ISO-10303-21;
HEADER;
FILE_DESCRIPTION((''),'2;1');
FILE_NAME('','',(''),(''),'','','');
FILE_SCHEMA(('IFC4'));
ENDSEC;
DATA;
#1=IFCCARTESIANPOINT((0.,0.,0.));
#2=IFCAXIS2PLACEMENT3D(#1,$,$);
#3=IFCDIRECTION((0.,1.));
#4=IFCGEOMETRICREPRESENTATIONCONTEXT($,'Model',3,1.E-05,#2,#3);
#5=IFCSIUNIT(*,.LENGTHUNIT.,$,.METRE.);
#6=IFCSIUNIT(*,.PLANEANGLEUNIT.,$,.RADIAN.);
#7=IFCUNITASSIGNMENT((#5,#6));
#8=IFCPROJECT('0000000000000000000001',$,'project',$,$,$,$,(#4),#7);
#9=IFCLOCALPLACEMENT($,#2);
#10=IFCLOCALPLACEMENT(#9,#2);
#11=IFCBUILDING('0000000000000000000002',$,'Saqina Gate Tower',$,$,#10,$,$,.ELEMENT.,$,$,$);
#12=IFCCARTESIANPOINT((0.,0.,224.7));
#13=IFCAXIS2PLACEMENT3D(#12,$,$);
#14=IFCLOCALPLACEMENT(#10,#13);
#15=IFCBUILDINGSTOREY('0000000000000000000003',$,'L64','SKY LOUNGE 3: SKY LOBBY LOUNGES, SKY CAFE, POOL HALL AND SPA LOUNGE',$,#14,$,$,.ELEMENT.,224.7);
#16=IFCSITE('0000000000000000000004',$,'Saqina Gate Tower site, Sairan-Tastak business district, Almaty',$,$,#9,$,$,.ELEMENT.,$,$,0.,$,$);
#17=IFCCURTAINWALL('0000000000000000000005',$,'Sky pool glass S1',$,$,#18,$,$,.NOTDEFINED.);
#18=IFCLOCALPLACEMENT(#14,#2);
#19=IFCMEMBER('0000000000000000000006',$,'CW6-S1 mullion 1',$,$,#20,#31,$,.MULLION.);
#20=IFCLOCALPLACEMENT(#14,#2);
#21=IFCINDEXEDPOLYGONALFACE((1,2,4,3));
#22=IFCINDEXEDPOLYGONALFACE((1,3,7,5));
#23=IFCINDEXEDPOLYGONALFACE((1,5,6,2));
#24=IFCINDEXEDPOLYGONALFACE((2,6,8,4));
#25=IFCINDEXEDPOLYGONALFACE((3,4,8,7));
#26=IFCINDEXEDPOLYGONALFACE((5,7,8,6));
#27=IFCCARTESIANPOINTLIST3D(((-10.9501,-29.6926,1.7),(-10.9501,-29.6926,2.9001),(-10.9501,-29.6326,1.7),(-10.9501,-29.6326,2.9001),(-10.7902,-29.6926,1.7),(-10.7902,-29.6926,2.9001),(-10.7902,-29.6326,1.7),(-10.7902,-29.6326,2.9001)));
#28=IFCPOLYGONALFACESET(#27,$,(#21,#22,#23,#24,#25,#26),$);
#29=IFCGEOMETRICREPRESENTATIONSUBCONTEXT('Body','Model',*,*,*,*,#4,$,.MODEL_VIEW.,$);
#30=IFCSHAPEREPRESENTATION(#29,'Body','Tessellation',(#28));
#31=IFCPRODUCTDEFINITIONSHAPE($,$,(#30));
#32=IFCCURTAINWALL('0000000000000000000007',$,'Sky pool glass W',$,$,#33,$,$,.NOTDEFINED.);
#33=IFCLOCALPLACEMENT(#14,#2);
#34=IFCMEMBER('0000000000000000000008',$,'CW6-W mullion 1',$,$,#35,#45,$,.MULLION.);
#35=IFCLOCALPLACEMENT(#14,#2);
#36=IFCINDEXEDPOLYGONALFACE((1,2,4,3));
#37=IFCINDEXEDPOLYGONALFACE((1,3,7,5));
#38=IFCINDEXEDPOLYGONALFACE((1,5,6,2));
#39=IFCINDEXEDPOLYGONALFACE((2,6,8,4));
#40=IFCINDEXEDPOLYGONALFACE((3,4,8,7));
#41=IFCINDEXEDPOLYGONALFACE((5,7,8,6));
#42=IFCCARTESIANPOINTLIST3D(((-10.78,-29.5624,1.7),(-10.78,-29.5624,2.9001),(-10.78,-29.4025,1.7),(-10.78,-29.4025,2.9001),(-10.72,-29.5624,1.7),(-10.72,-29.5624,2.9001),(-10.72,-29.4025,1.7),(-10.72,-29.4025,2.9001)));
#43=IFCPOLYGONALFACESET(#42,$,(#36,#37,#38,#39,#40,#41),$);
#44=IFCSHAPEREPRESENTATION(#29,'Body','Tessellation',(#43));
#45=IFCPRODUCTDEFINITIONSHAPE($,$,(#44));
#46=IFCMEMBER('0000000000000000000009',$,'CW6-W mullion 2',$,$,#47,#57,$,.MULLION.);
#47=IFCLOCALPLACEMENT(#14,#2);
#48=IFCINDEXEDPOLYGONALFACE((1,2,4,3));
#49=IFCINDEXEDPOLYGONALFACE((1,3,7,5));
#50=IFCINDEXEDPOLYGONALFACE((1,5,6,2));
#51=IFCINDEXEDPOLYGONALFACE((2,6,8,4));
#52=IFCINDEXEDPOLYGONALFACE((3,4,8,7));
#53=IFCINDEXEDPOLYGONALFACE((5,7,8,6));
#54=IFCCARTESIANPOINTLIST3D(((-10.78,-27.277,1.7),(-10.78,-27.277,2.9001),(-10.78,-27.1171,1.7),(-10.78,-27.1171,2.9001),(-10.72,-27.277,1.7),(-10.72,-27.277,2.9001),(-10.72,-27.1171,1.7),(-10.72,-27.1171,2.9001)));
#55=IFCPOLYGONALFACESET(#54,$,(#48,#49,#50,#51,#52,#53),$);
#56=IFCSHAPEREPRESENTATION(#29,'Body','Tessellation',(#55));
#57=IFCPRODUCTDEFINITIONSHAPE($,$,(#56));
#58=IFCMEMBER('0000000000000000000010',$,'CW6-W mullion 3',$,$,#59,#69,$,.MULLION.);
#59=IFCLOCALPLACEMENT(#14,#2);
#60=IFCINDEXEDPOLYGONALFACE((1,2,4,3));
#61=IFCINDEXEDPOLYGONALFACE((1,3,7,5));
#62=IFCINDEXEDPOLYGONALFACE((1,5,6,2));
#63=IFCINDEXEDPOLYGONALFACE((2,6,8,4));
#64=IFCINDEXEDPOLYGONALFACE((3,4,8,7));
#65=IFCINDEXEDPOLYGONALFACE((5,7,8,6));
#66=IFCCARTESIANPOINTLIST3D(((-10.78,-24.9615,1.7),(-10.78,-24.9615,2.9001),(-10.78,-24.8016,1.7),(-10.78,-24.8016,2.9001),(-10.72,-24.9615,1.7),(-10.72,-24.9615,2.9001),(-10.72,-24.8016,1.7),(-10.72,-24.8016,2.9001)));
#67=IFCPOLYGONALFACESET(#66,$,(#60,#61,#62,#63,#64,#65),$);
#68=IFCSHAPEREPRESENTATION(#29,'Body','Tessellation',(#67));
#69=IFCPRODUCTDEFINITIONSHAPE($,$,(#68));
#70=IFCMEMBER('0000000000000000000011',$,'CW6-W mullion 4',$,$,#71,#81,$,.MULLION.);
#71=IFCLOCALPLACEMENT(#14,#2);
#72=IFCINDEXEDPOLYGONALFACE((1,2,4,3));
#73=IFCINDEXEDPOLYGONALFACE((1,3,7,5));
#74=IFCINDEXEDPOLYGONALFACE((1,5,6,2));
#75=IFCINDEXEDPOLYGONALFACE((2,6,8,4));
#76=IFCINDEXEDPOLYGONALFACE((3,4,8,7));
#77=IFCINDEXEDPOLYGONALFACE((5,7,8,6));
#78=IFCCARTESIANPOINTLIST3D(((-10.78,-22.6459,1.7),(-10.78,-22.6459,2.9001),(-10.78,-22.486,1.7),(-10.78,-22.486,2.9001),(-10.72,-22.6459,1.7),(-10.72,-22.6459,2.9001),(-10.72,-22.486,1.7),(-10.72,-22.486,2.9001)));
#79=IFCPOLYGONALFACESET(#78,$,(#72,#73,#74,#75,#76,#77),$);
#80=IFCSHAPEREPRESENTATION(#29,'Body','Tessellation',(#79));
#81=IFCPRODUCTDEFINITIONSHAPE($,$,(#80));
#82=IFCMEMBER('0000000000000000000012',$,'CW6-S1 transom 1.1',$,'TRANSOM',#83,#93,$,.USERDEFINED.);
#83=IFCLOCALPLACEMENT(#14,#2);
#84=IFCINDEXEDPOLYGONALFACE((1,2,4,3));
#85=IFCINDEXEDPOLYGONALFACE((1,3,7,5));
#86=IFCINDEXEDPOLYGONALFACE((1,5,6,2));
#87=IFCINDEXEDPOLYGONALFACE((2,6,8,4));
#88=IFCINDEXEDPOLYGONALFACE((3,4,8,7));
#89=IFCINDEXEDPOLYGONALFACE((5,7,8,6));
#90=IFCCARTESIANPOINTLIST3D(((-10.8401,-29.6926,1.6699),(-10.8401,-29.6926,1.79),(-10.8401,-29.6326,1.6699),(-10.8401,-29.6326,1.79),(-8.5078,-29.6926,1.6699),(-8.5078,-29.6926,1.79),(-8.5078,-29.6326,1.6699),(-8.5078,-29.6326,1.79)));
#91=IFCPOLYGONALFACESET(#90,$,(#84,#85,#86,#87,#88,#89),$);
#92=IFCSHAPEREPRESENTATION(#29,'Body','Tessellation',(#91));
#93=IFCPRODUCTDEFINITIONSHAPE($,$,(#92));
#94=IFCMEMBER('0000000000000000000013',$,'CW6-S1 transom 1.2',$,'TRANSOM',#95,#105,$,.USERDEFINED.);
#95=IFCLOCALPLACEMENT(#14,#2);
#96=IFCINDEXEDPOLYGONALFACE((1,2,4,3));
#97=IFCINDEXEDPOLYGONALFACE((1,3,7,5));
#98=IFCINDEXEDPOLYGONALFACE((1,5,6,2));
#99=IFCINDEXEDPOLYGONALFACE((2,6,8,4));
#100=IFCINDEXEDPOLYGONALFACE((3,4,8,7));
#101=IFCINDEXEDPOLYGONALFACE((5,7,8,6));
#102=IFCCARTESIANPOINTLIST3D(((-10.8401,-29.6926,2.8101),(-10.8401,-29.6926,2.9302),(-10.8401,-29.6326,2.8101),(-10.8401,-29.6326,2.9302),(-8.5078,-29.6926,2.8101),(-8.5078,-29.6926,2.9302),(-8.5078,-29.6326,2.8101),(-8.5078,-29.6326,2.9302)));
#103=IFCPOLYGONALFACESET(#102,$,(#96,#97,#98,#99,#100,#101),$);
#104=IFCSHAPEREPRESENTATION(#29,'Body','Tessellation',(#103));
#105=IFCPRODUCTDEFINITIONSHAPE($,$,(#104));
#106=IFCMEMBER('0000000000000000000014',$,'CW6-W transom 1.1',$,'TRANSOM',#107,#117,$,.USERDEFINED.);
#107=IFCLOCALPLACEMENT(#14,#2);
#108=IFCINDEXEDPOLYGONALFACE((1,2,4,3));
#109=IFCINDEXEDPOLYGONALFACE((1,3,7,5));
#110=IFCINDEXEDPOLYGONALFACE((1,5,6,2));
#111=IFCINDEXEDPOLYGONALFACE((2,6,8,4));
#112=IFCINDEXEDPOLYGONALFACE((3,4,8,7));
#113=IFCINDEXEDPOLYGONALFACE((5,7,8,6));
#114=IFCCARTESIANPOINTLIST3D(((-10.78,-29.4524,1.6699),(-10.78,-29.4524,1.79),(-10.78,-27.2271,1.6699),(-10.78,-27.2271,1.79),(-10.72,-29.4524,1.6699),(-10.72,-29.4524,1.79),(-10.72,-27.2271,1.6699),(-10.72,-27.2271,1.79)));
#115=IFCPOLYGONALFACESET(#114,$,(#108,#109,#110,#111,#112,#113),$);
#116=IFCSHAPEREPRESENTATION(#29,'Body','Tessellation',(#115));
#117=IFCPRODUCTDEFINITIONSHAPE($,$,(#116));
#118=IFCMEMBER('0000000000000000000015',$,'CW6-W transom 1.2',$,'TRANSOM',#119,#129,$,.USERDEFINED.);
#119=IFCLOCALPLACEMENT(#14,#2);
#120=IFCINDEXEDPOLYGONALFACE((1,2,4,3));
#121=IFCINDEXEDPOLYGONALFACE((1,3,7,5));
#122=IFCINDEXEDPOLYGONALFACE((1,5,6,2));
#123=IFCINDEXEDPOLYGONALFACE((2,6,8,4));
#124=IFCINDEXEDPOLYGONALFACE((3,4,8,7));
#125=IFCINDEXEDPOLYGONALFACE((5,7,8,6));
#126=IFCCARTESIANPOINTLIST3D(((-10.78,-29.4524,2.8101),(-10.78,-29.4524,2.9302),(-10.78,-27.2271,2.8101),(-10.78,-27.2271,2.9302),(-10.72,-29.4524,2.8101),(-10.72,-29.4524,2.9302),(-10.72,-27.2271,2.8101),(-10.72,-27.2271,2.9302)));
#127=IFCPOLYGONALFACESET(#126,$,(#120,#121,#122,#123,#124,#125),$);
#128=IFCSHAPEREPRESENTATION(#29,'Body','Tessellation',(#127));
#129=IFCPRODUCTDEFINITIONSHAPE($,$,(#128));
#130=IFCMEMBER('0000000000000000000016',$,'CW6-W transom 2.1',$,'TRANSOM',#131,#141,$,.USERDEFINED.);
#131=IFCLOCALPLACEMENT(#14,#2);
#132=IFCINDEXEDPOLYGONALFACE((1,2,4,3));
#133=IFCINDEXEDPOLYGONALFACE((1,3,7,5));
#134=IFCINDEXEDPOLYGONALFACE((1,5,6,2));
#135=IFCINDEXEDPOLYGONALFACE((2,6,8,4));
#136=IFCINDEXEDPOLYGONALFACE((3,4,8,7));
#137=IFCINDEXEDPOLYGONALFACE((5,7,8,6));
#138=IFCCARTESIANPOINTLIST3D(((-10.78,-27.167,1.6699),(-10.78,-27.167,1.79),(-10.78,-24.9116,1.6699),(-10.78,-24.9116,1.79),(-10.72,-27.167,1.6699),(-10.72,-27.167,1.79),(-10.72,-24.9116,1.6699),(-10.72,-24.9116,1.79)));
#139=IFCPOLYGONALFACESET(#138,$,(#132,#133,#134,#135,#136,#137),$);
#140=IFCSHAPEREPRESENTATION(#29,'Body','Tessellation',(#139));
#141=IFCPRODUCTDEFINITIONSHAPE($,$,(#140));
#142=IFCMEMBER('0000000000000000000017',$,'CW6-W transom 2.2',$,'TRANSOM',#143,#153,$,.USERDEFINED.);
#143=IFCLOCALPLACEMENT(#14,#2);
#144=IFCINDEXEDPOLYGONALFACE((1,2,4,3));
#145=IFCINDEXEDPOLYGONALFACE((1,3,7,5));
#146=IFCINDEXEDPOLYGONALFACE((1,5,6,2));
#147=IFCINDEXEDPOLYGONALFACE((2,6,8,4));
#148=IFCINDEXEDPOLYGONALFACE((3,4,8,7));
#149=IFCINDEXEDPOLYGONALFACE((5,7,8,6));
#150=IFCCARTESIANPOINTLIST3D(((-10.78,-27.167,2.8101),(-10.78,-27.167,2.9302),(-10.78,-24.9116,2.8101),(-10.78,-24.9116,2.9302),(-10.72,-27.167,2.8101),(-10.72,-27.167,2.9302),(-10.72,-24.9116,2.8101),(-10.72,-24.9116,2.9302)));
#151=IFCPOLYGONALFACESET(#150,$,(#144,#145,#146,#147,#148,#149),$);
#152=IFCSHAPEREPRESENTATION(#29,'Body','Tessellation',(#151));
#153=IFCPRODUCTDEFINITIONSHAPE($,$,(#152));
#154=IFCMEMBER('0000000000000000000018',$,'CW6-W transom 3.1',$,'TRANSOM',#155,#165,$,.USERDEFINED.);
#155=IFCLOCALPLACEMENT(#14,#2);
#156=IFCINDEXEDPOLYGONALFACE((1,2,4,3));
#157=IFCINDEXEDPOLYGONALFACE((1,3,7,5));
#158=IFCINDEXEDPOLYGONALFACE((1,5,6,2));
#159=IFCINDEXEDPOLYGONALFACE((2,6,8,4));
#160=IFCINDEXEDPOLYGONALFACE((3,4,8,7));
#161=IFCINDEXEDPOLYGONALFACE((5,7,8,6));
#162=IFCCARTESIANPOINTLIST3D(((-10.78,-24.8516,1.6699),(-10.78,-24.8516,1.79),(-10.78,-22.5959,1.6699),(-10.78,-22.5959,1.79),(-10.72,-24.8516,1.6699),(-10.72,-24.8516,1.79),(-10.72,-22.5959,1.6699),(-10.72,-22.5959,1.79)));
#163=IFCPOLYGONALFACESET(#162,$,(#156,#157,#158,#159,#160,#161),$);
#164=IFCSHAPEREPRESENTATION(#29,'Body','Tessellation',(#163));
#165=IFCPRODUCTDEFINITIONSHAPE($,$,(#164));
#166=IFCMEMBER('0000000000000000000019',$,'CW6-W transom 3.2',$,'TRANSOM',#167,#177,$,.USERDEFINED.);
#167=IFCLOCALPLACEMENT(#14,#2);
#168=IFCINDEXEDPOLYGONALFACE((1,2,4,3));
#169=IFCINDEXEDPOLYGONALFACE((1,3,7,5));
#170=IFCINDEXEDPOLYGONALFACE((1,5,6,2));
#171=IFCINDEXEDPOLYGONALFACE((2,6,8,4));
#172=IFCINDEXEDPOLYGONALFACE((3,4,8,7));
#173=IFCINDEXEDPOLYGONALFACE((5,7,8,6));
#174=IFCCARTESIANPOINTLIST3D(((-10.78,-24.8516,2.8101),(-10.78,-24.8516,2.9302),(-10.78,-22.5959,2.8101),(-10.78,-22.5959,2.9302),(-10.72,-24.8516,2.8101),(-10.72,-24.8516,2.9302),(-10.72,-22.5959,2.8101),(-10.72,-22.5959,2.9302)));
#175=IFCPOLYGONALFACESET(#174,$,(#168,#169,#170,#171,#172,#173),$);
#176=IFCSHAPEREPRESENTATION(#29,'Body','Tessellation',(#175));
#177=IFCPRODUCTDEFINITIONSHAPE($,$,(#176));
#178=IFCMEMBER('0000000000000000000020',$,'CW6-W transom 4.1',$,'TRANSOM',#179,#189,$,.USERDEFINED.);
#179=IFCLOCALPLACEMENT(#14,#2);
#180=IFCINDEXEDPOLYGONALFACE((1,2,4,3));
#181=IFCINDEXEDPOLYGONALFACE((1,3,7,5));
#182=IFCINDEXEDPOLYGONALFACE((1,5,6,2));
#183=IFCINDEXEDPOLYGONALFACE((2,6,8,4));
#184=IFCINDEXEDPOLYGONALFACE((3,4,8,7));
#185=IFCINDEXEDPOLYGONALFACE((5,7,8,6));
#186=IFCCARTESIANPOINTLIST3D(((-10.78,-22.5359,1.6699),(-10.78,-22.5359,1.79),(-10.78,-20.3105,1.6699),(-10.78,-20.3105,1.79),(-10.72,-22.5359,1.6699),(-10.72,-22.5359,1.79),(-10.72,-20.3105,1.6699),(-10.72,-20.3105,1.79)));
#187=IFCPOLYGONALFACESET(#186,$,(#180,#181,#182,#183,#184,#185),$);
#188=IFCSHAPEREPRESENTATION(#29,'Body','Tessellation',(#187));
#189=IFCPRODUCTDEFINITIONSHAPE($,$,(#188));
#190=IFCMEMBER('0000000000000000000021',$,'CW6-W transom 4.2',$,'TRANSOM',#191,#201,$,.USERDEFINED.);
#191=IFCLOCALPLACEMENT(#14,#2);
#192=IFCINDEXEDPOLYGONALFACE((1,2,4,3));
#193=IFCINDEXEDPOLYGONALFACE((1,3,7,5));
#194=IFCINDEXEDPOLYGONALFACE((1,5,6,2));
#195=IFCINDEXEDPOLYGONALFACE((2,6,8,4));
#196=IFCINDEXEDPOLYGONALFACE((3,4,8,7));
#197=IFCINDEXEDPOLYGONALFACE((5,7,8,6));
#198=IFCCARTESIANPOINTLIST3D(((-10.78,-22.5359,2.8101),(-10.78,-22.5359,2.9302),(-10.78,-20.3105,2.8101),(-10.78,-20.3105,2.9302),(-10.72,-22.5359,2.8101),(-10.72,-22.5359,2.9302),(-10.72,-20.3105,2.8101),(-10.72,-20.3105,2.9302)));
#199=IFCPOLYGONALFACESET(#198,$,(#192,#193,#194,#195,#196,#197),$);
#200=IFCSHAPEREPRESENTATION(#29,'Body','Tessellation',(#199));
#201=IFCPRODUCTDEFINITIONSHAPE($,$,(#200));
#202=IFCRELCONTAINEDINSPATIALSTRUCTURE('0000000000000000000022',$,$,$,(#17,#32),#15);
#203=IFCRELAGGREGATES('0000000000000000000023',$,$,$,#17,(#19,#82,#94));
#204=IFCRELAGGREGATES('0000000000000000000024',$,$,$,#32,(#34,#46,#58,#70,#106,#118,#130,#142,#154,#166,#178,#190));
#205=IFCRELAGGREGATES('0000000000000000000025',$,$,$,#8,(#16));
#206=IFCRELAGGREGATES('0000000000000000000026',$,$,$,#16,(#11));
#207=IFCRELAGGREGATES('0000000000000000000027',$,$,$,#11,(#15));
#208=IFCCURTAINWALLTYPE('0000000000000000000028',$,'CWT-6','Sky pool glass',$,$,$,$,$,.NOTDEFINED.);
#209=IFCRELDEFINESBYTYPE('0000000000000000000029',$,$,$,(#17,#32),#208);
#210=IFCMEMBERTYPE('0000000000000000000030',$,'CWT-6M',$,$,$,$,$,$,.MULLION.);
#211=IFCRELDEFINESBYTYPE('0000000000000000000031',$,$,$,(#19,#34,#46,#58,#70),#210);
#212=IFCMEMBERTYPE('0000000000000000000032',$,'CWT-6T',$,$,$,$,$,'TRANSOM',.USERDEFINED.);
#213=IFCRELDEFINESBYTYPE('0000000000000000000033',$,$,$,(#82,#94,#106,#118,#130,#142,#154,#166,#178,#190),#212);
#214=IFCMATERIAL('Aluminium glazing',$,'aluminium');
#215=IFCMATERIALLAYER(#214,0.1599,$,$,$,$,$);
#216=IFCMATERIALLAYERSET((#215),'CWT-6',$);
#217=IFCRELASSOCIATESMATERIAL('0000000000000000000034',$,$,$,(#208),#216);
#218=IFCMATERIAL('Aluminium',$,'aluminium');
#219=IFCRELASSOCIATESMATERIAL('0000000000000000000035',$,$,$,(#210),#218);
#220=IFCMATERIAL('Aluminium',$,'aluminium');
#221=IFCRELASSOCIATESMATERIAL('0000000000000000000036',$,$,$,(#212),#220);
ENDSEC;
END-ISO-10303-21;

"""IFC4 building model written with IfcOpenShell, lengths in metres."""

from ifc_helpers import new_model, si_unit, direction, frame, origin, origin_2d, place, context, subcontext, project, spatial, rectangle, extrude, material, layer, layer_set, material_profile, profile_set, type_object, element, aggregate, save


model = new_model("IFC4")

# Units and contexts
model_context = context("Model", 3, precision=1e-05, world=origin(), true_north=direction((0.0, 1.0)))
body_context = subcontext(model_context, "Body", "Model", "MODEL_VIEW")
ifc_project = project(units=[si_unit("LENGTHUNIT", "METRE"), si_unit("PLANEANGLEUNIT", "RADIAN")], contexts=[model_context])

# Site, building, storey
site_placement = place(None, origin())
site = spatial("IfcSite", under=ifc_project, at=site_placement, Name="Saqina Gate Tower site, Sairan-Tastak business district, Almaty", CompositionType="ELEMENT", RefElevation=0.0)
building_placement = place(site_placement, origin())
building = spatial("IfcBuilding", under=site, at=building_placement, Name="Saqina Gate Tower", CompositionType="ELEMENT")
storey_placement = place(building_placement, frame((0.0, 0.0, 224.7)))
storey = spatial("IfcBuildingStorey", under=building, at=storey_placement, Name="L64", Description="SKY LOUNGE 3: SKY LOBBY LOUNGES, SKY CAFE, POOL HALL AND SPA LOUNGE", CompositionType="ELEMENT", Elevation=224.7)

# Curtain wall, member
ifc_material_1 = material(Name="Aluminium glazing", Category="aluminium")
ifc_layer_1 = layer(ifc_material_1, 0.1599)
ifc_layer_set_1 = layer_set([ifc_layer_1], Name="CWT-6")
curtain_wall_type_1 = type_object("IfcCurtainWallType", Name="CWT-6", Description="Sky pool glass", PredefinedType="NOTDEFINED", material=ifc_layer_set_1)
curtain_wall_1_placement = place(storey_placement, origin())
curtain_wall_1 = element("IfcCurtainWall", 1, at=curtain_wall_1_placement, inside=storey, type_object=curtain_wall_type_1, Name="Sky pool glass S1", PredefinedType="NOTDEFINED")
ifc_material_2 = material(Name="Aluminium", Category="aluminium")
ifc_material_profile_1 = material_profile(ifc_material_2, rectangle(XDim=0.0601, YDim=0.1599, at=origin_2d()), Name="Aluminium 60x160")
ifc_profile_set_1 = profile_set([ifc_material_profile_1], Name="Aluminium")
member_type_1 = type_object("IfcMemberType", Name="CWT-6M", PredefinedType="MULLION", material=ifc_profile_set_1)
member_1_placement = place(storey_placement, frame((-10.8701, -29.6626, 1.7), z_axis=(0.0, 0.0, 1.0), x_axis=(0.0, 1.0, 0.0)))
member_1 = element("IfcMember", 2, at=member_1_placement, type_object=member_type_1, Name="CW6-S1 mullion 1", PredefinedType="MULLION", context=body_context, shape_type="SweptSolid", body=[
    extrude(rectangle(XDim=0.0601, YDim=0.1599, at=origin_2d()), origin(), (0.0, 0.0, 1.0), 1.2002),
])

# Curtain wall, members
curtain_wall_2_placement = place(storey_placement, origin())
curtain_wall_2 = element("IfcCurtainWall", 3, at=curtain_wall_2_placement, inside=storey, type_object=curtain_wall_type_1, Name="Sky pool glass W", PredefinedType="NOTDEFINED")
member_2_placement = place(storey_placement, frame((-10.75, -29.4824, 1.7), z_axis=(0.0, 0.0, 1.0), x_axis=(-1.0, 0.0, 0.0)))
member_2 = element("IfcMember", 4, at=member_2_placement, type_object=member_type_1, Name="CW6-W mullion 1", PredefinedType="MULLION", context=body_context, shape_type="SweptSolid", body=[
    extrude(rectangle(XDim=0.0601, YDim=0.1599, at=origin_2d()), origin(), (0.0, 0.0, 1.0), 1.2002),
])
member_3_placement = place(storey_placement, frame((-10.75, -27.197, 1.7), z_axis=(0.0, 0.0, 1.0), x_axis=(-1.0, 0.0, 0.0)))
member_3 = element("IfcMember", 5, at=member_3_placement, type_object=member_type_1, Name="CW6-W mullion 2", PredefinedType="MULLION", context=body_context, shape_type="SweptSolid", body=[
    extrude(rectangle(XDim=0.0601, YDim=0.1599, at=origin_2d()), origin(), (0.0, 0.0, 1.0), 1.2002),
])
member_4_placement = place(storey_placement, frame((-10.75, -24.8816, 1.7), z_axis=(0.0, 0.0, 1.0), x_axis=(-1.0, 0.0, 0.0)))
member_4 = element("IfcMember", 6, at=member_4_placement, type_object=member_type_1, Name="CW6-W mullion 3", PredefinedType="MULLION", context=body_context, shape_type="SweptSolid", body=[
    extrude(rectangle(XDim=0.0601, YDim=0.1599, at=origin_2d()), origin(), (0.0, 0.0, 1.0), 1.2002),
])
member_5_placement = place(storey_placement, frame((-10.75, -22.5659, 1.7), z_axis=(0.0, 0.0, 1.0), x_axis=(-1.0, 0.0, 0.0)))
member_5 = element("IfcMember", 7, at=member_5_placement, type_object=member_type_1, Name="CW6-W mullion 4", PredefinedType="MULLION", context=body_context, shape_type="SweptSolid", body=[
    extrude(rectangle(XDim=0.0601, YDim=0.1599, at=origin_2d()), origin(), (0.0, 0.0, 1.0), 1.2002),
])

# Members
ifc_material_3 = material(Name="Aluminium", Category="aluminium")
ifc_material_profile_2 = material_profile(ifc_material_3, rectangle(XDim=0.0601, YDim=0.1201, at=origin_2d()), Name="Aluminium 60x120")
ifc_profile_set_2 = profile_set([ifc_material_profile_2], Name="Aluminium")
member_type_2 = type_object("IfcMemberType", Name="CWT-6T", ElementType="TRANSOM", PredefinedType="USERDEFINED", material=ifc_profile_set_2)
member_6_placement = place(storey_placement, frame((-10.8401, -29.6626, 1.73), z_axis=(1.0, 0.0, 0.0), x_axis=(0.0, 1.0, 0.0)))
member_6 = element("IfcMember", 8, at=member_6_placement, type_object=member_type_2, Name="CW6-S1 transom 1.1", ObjectType="TRANSOM", PredefinedType="USERDEFINED", context=body_context, shape_type="SweptSolid", body=[
    extrude(rectangle(XDim=0.0601, YDim=0.1201, at=origin_2d()), origin(), (0.0, 0.0, 1.0), 2.3323),
])
member_7_placement = place(storey_placement, frame((-10.8401, -29.6626, 2.8701), z_axis=(1.0, 0.0, 0.0), x_axis=(0.0, 1.0, 0.0)))
member_7 = element("IfcMember", 9, at=member_7_placement, type_object=member_type_2, Name="CW6-S1 transom 1.2", ObjectType="TRANSOM", PredefinedType="USERDEFINED", context=body_context, shape_type="SweptSolid", body=[
    extrude(rectangle(XDim=0.0601, YDim=0.1201, at=origin_2d()), origin(), (0.0, 0.0, 1.0), 2.3323),
])
aggregate(curtain_wall_1, [member_1, member_6, member_7])
member_8_placement = place(storey_placement, frame((-10.75, -29.4524, 1.73), z_axis=(0.0, 1.0, 0.0), x_axis=(-1.0, 0.0, 0.0)))
member_8 = element("IfcMember", 10, at=member_8_placement, type_object=member_type_2, Name="CW6-W transom 1.1", ObjectType="TRANSOM", PredefinedType="USERDEFINED", context=body_context, shape_type="SweptSolid", body=[
    extrude(rectangle(XDim=0.0601, YDim=0.1201, at=origin_2d()), origin(), (0.0, 0.0, 1.0), 2.2253),
])
member_9_placement = place(storey_placement, frame((-10.75, -29.4524, 2.8701), z_axis=(0.0, 1.0, 0.0), x_axis=(-1.0, 0.0, 0.0)))
member_9 = element("IfcMember", 11, at=member_9_placement, type_object=member_type_2, Name="CW6-W transom 1.2", ObjectType="TRANSOM", PredefinedType="USERDEFINED", context=body_context, shape_type="SweptSolid", body=[
    extrude(rectangle(XDim=0.0601, YDim=0.1201, at=origin_2d()), origin(), (0.0, 0.0, 1.0), 2.2253),
])
member_10_placement = place(storey_placement, frame((-10.75, -27.167, 1.73), z_axis=(0.0, 1.0, 0.0), x_axis=(-1.0, 0.0, 0.0)))
member_10 = element("IfcMember", 12, at=member_10_placement, type_object=member_type_2, Name="CW6-W transom 2.1", ObjectType="TRANSOM", PredefinedType="USERDEFINED", context=body_context, shape_type="SweptSolid", body=[
    extrude(rectangle(XDim=0.0601, YDim=0.1201, at=origin_2d()), origin(), (0.0, 0.0, 1.0), 2.2554),
])
member_11_placement = place(storey_placement, frame((-10.75, -27.167, 2.8701), z_axis=(0.0, 1.0, 0.0), x_axis=(-1.0, 0.0, 0.0)))
member_11 = element("IfcMember", 13, at=member_11_placement, type_object=member_type_2, Name="CW6-W transom 2.2", ObjectType="TRANSOM", PredefinedType="USERDEFINED", context=body_context, shape_type="SweptSolid", body=[
    extrude(rectangle(XDim=0.0601, YDim=0.1201, at=origin_2d()), origin(), (0.0, 0.0, 1.0), 2.2554),
])
member_12_placement = place(storey_placement, frame((-10.75, -24.8516, 1.73), z_axis=(0.0, 1.0, 0.0), x_axis=(-1.0, 0.0, 0.0)))
member_12 = element("IfcMember", 14, at=member_12_placement, type_object=member_type_2, Name="CW6-W transom 3.1", ObjectType="TRANSOM", PredefinedType="USERDEFINED", context=body_context, shape_type="SweptSolid", body=[
    extrude(rectangle(XDim=0.0601, YDim=0.1201, at=origin_2d()), origin(), (0.0, 0.0, 1.0), 2.2556),
])
member_13_placement = place(storey_placement, frame((-10.75, -24.8516, 2.8701), z_axis=(0.0, 1.0, 0.0), x_axis=(-1.0, 0.0, 0.0)))
member_13 = element("IfcMember", 15, at=member_13_placement, type_object=member_type_2, Name="CW6-W transom 3.2", ObjectType="TRANSOM", PredefinedType="USERDEFINED", context=body_context, shape_type="SweptSolid", body=[
    extrude(rectangle(XDim=0.0601, YDim=0.1201, at=origin_2d()), origin(), (0.0, 0.0, 1.0), 2.2556),
])
member_14_placement = place(storey_placement, frame((-10.75, -22.5359, 1.73), z_axis=(0.0, 1.0, 0.0), x_axis=(-1.0, 0.0, 0.0)))
member_14 = element("IfcMember", 16, at=member_14_placement, type_object=member_type_2, Name="CW6-W transom 4.1", ObjectType="TRANSOM", PredefinedType="USERDEFINED", context=body_context, shape_type="SweptSolid", body=[
    extrude(rectangle(XDim=0.0601, YDim=0.1201, at=origin_2d()), origin(), (0.0, 0.0, 1.0), 2.2253),
])
member_15_placement = place(storey_placement, frame((-10.75, -22.5359, 2.8701), z_axis=(0.0, 1.0, 0.0), x_axis=(-1.0, 0.0, 0.0)))
member_15 = element("IfcMember", 17, at=member_15_placement, type_object=member_type_2, Name="CW6-W transom 4.2", ObjectType="TRANSOM", PredefinedType="USERDEFINED", context=body_context, shape_type="SweptSolid", body=[
    extrude(rectangle(XDim=0.0601, YDim=0.1201, at=origin_2d()), origin(), (0.0, 0.0, 1.0), 2.2253),
])

aggregate(curtain_wall_2, [member_2, member_3, member_4, member_5, member_8, member_9, member_10, member_11, member_12, member_13, member_14, member_15])

save(model, "model.ifc")
